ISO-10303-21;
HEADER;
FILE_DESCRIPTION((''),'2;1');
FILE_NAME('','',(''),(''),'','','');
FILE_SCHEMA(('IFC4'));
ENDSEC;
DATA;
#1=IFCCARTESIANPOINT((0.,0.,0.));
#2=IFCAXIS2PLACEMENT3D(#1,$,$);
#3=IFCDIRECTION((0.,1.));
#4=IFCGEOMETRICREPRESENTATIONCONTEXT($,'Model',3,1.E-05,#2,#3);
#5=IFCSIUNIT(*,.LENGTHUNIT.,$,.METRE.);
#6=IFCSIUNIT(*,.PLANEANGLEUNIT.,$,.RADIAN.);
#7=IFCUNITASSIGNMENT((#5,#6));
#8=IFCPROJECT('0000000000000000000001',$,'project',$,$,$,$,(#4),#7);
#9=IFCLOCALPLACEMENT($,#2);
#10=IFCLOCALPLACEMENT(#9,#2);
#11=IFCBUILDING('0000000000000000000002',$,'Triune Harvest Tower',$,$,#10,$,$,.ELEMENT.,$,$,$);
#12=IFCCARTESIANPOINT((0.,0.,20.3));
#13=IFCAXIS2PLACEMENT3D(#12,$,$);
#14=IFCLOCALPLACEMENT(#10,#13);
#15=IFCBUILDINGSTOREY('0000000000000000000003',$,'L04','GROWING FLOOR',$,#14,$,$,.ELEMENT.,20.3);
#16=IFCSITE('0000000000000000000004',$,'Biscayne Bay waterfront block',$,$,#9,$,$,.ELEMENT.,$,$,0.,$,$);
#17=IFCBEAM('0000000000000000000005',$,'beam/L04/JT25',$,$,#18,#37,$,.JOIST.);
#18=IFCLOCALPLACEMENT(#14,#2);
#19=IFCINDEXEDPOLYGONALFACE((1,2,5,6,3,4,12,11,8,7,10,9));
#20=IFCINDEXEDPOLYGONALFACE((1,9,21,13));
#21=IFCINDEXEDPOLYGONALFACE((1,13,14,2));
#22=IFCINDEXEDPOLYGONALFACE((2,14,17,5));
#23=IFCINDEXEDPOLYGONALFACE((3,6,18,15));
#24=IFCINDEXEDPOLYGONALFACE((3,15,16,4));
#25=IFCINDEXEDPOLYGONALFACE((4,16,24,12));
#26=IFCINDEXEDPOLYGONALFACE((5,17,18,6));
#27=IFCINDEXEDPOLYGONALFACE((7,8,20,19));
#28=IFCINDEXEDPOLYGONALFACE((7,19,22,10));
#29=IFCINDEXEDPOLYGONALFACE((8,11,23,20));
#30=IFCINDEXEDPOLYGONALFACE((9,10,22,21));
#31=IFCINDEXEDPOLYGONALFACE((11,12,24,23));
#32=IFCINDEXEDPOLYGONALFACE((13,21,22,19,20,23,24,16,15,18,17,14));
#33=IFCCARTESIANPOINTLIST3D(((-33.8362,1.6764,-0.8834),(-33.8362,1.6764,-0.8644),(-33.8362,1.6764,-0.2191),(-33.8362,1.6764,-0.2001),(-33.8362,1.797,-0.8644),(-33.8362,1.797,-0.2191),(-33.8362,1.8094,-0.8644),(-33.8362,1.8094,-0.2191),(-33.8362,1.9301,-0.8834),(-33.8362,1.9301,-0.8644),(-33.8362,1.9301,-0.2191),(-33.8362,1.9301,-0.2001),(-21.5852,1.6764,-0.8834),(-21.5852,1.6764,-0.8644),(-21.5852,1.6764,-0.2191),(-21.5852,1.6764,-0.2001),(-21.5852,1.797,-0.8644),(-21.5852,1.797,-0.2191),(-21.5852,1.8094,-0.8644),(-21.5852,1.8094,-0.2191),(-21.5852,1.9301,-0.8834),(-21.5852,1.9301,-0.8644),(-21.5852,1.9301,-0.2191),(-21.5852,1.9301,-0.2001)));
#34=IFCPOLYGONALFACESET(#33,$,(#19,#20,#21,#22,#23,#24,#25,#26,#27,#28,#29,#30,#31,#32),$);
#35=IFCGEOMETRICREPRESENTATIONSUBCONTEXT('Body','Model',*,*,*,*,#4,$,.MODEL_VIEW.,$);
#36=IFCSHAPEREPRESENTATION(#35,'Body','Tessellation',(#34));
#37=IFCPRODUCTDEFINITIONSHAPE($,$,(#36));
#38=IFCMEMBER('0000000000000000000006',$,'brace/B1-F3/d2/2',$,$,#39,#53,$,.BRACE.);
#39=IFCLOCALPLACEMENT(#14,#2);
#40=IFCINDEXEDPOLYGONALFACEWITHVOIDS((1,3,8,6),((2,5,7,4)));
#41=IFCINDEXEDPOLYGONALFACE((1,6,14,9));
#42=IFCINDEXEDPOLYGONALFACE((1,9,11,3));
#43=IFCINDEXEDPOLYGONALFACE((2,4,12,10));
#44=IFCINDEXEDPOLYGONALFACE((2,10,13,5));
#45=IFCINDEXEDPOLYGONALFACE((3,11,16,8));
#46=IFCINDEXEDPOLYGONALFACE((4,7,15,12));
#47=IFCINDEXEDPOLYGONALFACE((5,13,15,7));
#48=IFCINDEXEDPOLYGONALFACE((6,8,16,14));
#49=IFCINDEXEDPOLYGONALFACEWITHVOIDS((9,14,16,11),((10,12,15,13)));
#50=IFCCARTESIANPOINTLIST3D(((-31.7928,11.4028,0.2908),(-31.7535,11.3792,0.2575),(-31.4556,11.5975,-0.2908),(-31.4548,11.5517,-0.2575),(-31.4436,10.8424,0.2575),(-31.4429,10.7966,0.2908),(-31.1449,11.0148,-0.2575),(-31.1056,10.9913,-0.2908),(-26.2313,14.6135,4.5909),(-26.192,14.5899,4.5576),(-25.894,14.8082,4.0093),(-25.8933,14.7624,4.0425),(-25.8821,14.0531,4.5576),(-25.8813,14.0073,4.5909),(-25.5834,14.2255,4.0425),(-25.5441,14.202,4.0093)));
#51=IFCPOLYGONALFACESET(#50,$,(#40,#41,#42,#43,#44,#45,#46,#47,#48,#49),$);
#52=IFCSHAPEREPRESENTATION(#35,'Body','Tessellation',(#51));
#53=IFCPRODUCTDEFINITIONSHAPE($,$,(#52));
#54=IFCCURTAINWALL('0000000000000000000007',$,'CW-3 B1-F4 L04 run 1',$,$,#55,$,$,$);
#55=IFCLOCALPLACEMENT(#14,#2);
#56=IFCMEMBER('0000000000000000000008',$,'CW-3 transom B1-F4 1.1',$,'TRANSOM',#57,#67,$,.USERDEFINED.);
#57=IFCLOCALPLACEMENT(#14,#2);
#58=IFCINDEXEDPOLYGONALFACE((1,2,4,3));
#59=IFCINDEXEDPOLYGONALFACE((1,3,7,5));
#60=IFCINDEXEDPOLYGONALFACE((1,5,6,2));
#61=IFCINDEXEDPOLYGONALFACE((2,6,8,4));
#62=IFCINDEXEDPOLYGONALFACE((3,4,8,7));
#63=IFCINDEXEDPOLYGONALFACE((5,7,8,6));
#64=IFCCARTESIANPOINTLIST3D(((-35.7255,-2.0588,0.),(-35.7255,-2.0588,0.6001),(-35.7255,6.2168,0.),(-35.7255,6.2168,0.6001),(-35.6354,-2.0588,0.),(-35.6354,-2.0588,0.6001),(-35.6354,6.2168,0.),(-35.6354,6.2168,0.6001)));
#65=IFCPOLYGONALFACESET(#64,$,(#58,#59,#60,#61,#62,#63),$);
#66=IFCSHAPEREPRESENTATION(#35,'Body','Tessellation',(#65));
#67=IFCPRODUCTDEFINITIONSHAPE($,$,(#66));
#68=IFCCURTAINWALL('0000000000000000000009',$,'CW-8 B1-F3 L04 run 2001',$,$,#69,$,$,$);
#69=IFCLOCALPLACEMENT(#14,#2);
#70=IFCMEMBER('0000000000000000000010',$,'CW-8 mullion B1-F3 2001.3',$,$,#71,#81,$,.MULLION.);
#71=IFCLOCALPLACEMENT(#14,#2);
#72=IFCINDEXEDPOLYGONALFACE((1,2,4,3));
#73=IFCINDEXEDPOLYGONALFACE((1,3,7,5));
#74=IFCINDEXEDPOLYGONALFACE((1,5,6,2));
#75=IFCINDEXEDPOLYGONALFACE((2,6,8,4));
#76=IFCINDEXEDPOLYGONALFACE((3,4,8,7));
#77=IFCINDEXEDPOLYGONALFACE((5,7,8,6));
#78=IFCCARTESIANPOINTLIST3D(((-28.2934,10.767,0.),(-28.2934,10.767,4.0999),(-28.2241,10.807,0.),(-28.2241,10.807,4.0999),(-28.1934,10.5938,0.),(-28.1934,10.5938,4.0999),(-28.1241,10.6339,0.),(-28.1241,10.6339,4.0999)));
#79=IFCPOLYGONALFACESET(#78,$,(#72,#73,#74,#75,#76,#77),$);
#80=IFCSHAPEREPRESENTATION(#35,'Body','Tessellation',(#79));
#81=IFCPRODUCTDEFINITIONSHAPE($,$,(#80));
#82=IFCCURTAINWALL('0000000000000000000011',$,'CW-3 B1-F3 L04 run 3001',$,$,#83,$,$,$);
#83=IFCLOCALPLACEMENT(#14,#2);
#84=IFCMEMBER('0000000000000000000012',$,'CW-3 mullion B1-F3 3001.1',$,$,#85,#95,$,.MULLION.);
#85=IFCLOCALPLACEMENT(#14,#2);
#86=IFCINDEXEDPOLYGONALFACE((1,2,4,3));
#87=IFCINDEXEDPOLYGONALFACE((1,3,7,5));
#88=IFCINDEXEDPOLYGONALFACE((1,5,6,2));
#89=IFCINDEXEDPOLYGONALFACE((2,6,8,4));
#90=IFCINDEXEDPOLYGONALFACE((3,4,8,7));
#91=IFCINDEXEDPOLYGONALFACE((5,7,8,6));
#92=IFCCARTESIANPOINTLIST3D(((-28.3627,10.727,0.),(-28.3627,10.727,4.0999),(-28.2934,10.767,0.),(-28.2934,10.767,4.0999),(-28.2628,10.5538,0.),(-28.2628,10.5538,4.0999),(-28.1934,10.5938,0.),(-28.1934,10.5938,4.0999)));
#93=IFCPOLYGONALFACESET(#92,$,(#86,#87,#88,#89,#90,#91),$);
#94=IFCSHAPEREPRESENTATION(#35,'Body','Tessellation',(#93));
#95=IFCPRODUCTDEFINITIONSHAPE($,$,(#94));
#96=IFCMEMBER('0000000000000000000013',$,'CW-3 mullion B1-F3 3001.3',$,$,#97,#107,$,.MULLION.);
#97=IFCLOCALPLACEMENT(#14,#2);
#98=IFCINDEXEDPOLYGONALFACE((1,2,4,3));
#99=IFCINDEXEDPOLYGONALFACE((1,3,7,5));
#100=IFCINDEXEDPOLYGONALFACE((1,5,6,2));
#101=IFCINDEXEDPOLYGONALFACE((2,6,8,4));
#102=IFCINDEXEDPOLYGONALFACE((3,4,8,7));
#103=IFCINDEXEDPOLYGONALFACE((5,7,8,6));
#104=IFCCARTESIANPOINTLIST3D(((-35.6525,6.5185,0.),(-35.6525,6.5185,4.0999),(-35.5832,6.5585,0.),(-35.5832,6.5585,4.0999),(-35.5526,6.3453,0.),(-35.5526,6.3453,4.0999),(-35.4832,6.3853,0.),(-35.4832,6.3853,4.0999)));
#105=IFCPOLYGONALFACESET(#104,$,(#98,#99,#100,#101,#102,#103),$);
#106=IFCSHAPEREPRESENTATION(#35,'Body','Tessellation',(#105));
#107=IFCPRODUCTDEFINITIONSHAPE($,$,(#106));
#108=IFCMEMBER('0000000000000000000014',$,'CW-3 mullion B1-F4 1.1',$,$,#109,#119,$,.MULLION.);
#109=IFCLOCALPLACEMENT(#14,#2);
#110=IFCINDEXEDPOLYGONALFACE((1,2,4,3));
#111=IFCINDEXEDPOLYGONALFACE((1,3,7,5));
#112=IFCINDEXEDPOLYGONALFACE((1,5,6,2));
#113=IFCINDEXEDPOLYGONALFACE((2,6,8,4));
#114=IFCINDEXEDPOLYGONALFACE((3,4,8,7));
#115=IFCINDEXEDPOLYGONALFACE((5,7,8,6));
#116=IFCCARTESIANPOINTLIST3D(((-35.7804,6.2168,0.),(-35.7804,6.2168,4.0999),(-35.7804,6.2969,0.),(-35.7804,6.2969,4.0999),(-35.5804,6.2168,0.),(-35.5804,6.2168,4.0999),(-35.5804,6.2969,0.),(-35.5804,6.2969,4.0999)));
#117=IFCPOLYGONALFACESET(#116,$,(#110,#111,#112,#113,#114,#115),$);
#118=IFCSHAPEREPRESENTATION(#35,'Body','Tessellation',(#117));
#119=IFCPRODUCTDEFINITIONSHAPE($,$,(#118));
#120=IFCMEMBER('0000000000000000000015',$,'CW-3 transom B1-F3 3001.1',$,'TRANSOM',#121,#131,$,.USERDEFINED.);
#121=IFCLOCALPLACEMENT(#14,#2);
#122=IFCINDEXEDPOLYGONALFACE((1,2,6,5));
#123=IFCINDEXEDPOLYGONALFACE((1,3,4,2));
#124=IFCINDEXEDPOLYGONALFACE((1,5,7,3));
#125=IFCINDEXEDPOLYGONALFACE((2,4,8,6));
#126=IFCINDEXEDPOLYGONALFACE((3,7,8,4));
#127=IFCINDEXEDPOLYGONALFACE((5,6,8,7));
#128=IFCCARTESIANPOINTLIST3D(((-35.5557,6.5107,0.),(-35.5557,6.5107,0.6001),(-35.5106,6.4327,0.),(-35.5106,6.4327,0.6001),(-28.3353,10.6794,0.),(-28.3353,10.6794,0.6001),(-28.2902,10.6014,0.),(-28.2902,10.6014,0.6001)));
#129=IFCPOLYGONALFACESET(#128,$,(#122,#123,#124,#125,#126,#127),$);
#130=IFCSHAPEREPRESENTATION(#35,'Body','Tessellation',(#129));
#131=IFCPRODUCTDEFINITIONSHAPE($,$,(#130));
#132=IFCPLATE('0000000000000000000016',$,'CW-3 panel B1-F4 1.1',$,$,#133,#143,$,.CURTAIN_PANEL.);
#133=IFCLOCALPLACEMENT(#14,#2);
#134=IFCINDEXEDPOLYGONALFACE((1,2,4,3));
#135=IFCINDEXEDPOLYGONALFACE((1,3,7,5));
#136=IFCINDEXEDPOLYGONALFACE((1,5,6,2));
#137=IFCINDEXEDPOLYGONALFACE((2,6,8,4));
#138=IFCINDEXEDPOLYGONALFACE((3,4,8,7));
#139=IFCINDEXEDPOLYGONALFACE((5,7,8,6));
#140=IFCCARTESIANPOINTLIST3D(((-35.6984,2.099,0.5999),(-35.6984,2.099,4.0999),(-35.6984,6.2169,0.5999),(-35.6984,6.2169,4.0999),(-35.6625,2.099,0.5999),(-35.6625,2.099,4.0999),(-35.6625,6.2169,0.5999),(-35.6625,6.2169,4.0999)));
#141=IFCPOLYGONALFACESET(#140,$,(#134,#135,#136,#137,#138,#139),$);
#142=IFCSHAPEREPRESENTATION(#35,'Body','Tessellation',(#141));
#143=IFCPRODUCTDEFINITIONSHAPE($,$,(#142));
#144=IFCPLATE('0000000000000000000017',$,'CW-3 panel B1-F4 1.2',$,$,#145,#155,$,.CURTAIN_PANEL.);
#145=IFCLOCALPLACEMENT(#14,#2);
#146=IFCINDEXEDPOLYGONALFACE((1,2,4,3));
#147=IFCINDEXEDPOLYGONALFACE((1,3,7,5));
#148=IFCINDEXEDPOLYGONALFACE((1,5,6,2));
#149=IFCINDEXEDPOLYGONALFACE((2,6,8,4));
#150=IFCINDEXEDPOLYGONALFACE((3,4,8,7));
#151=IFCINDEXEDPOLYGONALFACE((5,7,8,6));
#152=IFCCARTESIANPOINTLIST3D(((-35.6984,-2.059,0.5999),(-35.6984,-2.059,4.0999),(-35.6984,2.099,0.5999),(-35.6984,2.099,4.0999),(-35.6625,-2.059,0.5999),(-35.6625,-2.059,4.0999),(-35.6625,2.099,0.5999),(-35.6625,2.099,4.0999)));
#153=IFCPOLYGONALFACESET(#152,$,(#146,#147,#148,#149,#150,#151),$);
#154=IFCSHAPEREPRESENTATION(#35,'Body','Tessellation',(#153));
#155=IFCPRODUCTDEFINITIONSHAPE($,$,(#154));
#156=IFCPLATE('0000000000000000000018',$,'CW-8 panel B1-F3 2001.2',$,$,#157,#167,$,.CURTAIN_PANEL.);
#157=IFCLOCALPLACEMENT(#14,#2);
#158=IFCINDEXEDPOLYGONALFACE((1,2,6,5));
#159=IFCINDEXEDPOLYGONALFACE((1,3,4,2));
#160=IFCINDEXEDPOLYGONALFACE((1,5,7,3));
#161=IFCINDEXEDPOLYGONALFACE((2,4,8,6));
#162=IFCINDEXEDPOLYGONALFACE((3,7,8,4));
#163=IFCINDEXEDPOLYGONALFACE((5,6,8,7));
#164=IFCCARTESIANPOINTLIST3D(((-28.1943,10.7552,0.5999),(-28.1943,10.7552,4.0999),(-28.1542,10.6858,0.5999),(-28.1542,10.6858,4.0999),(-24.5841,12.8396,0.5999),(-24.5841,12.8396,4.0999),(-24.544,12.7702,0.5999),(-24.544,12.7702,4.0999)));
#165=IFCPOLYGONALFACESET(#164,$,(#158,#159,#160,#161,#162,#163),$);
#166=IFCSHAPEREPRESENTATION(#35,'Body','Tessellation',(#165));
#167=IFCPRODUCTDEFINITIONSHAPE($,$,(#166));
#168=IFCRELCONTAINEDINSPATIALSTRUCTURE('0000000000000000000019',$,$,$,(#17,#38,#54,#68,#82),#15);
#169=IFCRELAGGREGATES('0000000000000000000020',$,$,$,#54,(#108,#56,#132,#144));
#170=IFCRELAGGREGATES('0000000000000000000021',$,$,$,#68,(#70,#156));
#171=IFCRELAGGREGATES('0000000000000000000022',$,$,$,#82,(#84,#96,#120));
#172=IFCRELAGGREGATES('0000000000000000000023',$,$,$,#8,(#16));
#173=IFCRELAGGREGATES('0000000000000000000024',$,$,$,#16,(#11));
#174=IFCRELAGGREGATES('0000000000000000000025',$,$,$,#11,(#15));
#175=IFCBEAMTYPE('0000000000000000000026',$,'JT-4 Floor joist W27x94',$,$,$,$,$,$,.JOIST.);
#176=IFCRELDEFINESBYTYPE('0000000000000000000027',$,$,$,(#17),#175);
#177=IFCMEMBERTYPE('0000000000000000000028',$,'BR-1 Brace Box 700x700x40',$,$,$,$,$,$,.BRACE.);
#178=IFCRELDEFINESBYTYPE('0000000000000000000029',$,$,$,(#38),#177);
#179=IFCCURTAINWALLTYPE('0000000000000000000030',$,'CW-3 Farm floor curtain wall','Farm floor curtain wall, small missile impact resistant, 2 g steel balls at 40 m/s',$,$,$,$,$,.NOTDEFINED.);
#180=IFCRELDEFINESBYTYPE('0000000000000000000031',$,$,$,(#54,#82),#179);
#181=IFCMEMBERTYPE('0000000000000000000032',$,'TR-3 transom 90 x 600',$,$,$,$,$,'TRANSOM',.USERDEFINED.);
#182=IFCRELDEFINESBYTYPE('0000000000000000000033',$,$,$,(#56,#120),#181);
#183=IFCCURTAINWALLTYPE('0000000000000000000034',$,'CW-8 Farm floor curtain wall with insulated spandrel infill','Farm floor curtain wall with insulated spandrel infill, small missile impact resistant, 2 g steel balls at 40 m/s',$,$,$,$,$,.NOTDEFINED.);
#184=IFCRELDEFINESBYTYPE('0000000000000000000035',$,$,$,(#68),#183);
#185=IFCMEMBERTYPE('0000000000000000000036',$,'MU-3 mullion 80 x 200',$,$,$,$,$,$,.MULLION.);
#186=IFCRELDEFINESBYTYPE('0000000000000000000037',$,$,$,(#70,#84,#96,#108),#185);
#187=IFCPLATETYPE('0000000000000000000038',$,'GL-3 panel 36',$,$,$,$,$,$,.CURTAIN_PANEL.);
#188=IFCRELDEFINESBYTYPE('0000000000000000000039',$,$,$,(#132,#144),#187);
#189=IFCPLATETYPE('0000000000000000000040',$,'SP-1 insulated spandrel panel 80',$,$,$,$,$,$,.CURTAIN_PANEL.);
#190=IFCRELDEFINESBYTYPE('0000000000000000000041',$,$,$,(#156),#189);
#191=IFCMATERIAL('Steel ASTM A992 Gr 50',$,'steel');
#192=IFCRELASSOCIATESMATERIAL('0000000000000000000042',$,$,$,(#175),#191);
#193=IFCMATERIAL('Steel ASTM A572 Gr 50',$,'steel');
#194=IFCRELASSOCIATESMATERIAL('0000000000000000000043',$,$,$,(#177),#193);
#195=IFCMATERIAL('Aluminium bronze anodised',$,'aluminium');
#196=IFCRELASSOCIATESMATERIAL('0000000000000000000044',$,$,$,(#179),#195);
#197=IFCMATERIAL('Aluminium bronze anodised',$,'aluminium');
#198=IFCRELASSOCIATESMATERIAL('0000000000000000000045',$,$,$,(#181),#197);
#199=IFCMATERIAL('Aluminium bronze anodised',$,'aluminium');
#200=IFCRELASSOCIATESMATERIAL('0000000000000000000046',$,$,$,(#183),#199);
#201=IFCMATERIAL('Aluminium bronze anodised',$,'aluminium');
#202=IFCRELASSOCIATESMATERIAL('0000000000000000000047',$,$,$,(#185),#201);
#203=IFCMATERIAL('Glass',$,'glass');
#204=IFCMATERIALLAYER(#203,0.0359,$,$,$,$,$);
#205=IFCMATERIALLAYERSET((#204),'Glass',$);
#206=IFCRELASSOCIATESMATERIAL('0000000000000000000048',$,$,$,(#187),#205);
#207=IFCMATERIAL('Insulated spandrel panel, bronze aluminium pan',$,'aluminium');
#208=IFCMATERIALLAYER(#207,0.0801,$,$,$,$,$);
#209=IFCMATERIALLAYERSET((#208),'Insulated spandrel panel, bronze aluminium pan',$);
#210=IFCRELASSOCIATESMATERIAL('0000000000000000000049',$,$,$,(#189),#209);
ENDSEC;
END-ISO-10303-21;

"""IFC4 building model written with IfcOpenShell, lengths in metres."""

from ifc_helpers import new_model, si_unit, direction, frame, origin, origin_2d, place, context, subcontext, project, spatial, rectangle, hollow_rectangle, i_section, extrude, source, transform, mapped, material, layer, layer_set, material_profile, profile_set, type_object, element, aggregate, save


model = new_model("IFC4")

# Units and contexts
model_context = context("Model", 3, precision=1e-05, world=origin(), true_north=direction((0.0, 1.0)))
body_context = subcontext(model_context, "Body", "Model", "MODEL_VIEW")
ifc_project = project(units=[si_unit("LENGTHUNIT", "METRE"), si_unit("PLANEANGLEUNIT", "RADIAN")], contexts=[model_context])

# Site, building, storey
site_placement = place(None, origin())
site = spatial("IfcSite", under=ifc_project, at=site_placement, Name="Biscayne Bay waterfront block", CompositionType="ELEMENT", RefElevation=0.0)
building_placement = place(site_placement, origin())
building = spatial("IfcBuilding", under=site, at=building_placement, Name="Triune Harvest Tower", CompositionType="ELEMENT")
storey_placement = place(building_placement, frame((0.0, 0.0, 20.3)))
storey = spatial("IfcBuildingStorey", under=building, at=storey_placement, Name="L04", Description="GROWING FLOOR", CompositionType="ELEMENT", Elevation=20.3)

# Beam
ifc_material_1 = material(Name="Steel ASTM A992 Gr 50", Category="steel")
ifc_material_profile_1 = material_profile(ifc_material_1, i_section(OverallWidth=0.2537, OverallDepth=0.6833, WebThickness=0.0125, FlangeThickness=0.019, at=origin_2d()), Name="W27x94")
ifc_profile_set_1 = profile_set([ifc_material_profile_1], Name="Steel ASTM A992 Gr 50")
beam_type_1 = type_object("IfcBeamType", Name="JT-4 Floor joist W27x94", PredefinedType="JOIST", material=ifc_profile_set_1)
shared_shape_1 = source(origin(), body_context, "Body", "SweptSolid", [
    extrude(i_section(OverallWidth=0.2537, OverallDepth=0.6833, WebThickness=0.0125, FlangeThickness=0.019, at=origin_2d()), origin(), (0.0, 0.0, 1.0), 12.251),
])
beam_1_placement = place(storey_placement, frame((-33.8362, 1.8032, -0.5417), z_axis=(1.0, 0.0, 0.0), x_axis=(0.0, 1.0, 0.0)))
element("IfcBeam", 1, at=beam_1_placement, inside=storey, type_object=beam_type_1, Name="beam/L04/JT25", PredefinedType="JOIST", context=body_context, shape_type="MappedRepresentation", body=[
    mapped(shared_shape_1, transform((0.0, 0.0, 0.0), scale=1.0)),
])

# Member
ifc_material_2 = material(Name="Steel ASTM A572 Gr 50", Category="steel")
ifc_material_profile_2 = material_profile(ifc_material_2, hollow_rectangle(XDim=0.7, YDim=0.7, WallThickness=0.04, at=origin_2d()), Name="Box 700x700x40")
ifc_profile_set_2 = profile_set([ifc_material_profile_2], Name="Steel ASTM A572 Gr 50")
member_type_1 = type_object("IfcMemberType", Name="BR-1 Brace Box 700x700x40", PredefinedType="BRACE", material=ifc_profile_set_2)
shared_shape_2 = source(origin(), body_context, "Body", "SweptSolid", [
    extrude(hollow_rectangle(XDim=0.7, YDim=0.7, WallThickness=0.04, at=origin_2d()), origin(), (0.0, 0.0, 1.0), 7.7285),
])
member_1_placement = place(storey_placement, frame((-31.4492, 11.197, 0.0), z_axis=(0.719613, 0.415436, 0.556389), x_axis=(-0.49997, 0.866043, 0.0)))
element("IfcMember", 2, at=member_1_placement, inside=storey, type_object=member_type_1, Name="brace/B1-F3/d2/2", PredefinedType="BRACE", context=body_context, shape_type="MappedRepresentation", body=[
    mapped(shared_shape_2, transform((0.0, 0.0, 0.0), scale=1.0)),
])

# Curtain walls, members
ifc_material_3 = material(Name="Aluminium bronze anodised", Category="aluminium")
curtain_wall_type_1 = type_object("IfcCurtainWallType", Name="CW-3 Farm floor curtain wall", Description="Farm floor curtain wall, small missile impact resistant, 2 g steel balls at 40 m/s", PredefinedType="NOTDEFINED", material=ifc_material_3)
curtain_wall_1_placement = place(storey_placement, origin())
curtain_wall_1 = element("IfcCurtainWall", 3, at=curtain_wall_1_placement, inside=storey, type_object=curtain_wall_type_1, Name="CW-3 B1-F4 L04 run 1")
ifc_material_4 = material(Name="Aluminium bronze anodised", Category="aluminium")
ifc_material_profile_3 = material_profile(ifc_material_4, rectangle(XDim=0.0901, YDim=0.6001, at=origin_2d()), Name="TR-3 transom 90 x 600")
ifc_profile_set_3 = profile_set([ifc_material_profile_3], Name="Aluminium bronze anodised")
member_type_2 = type_object("IfcMemberType", Name="TR-3 transom 90 x 600", ElementType="TRANSOM", PredefinedType="USERDEFINED", material=ifc_profile_set_3)
shared_shape_3 = source(origin(), body_context, "Body", "SweptSolid", [
    extrude(rectangle(XDim=0.0901, YDim=0.6001, at=origin_2d()), origin(), (0.0, 0.0, 1.0), 8.2756),
])
member_2_placement = place(storey_placement, frame((-35.6804, 6.2168, 0.3), z_axis=(0.0, -1.0, 0.0), x_axis=(1.0, 0.0, 0.0)))
member_2 = element("IfcMember", 4, at=member_2_placement, type_object=member_type_2, Name="CW-3 transom B1-F4 1.1", ObjectType="TRANSOM", PredefinedType="USERDEFINED", context=body_context, shape_type="MappedRepresentation", body=[
    mapped(shared_shape_3, transform((0.0, 0.0, 0.0), scale=1.0)),
])
ifc_material_5 = material(Name="Aluminium bronze anodised", Category="aluminium")
curtain_wall_type_2 = type_object("IfcCurtainWallType", Name="CW-8 Farm floor curtain wall with insulated spandrel infill", Description="Farm floor curtain wall with insulated spandrel infill, small missile impact resistant, 2 g steel balls at 40 m/s", PredefinedType="NOTDEFINED", material=ifc_material_5)
curtain_wall_2_placement = place(storey_placement, origin())
curtain_wall_2 = element("IfcCurtainWall", 5, at=curtain_wall_2_placement, inside=storey, type_object=curtain_wall_type_2, Name="CW-8 B1-F3 L04 run 2001")
ifc_material_6 = material(Name="Aluminium bronze anodised", Category="aluminium")
ifc_material_profile_4 = material_profile(ifc_material_6, rectangle(XDim=0.2, YDim=0.0801, at=origin_2d()), Name="MU-3 mullion 80 x 200")
ifc_profile_set_4 = profile_set([ifc_material_profile_4], Name="Aluminium bronze anodised")
member_type_3 = type_object("IfcMemberType", Name="MU-3 mullion 80 x 200", PredefinedType="MULLION", material=ifc_profile_set_4)
shared_shape_4 = source(origin(), body_context, "Body", "SweptSolid", [
    extrude(rectangle(XDim=0.2, YDim=0.0801, at=origin_2d()), origin(), (0.0, 0.0, 1.0), 4.0999),
])
member_3_placement = place(storey_placement, frame((-28.2087, 10.7004, 0.0), z_axis=(0.0, 0.0, 1.0), x_axis=(0.500007, -0.866021, 0.0)))
member_3 = element("IfcMember", 6, at=member_3_placement, type_object=member_type_3, Name="CW-8 mullion B1-F3 2001.3", PredefinedType="MULLION", context=body_context, shape_type="MappedRepresentation", body=[
    mapped(shared_shape_4, transform((0.0, 0.0, 0.0), scale=1.0)),
])

# Curtain wall, members
curtain_wall_3_placement = place(storey_placement, origin())
curtain_wall_3 = element("IfcCurtainWall", 7, at=curtain_wall_3_placement, inside=storey, type_object=curtain_wall_type_1, Name="CW-3 B1-F3 L04 run 3001")
member_4_placement = place(storey_placement, frame((-28.2781, 10.6604, 0.0), z_axis=(0.0, 0.0, 1.0), x_axis=(0.499995, -0.866028, 0.0)))
member_4 = element("IfcMember", 8, at=member_4_placement, type_object=member_type_3, Name="CW-3 mullion B1-F3 3001.1", PredefinedType="MULLION", context=body_context, shape_type="MappedRepresentation", body=[
    mapped(shared_shape_4, transform((0.0, 0.0, 0.0), scale=1.0)),
])
member_5_placement = place(storey_placement, frame((-35.5679, 6.4519, 0.0), z_axis=(0.0, 0.0, 1.0), x_axis=(0.499995, -0.866028, 0.0)))
member_5 = element("IfcMember", 9, at=member_5_placement, type_object=member_type_3, Name="CW-3 mullion B1-F3 3001.3", PredefinedType="MULLION", context=body_context, shape_type="MappedRepresentation", body=[
    mapped(shared_shape_4, transform((0.0, 0.0, 0.0), scale=1.0)),
])

# Members
member_6_placement = place(storey_placement, frame((-35.6804, 6.2568, 0.0), z_axis=(0.0, 0.0, 1.0), x_axis=(1.0, 0.0, 0.0)))
member_6 = element("IfcMember", 10, at=member_6_placement, type_object=member_type_3, Name="CW-3 mullion B1-F4 1.1", PredefinedType="MULLION", context=body_context, shape_type="MappedRepresentation", body=[
    mapped(shared_shape_4, transform((0.0, 0.0, 0.0), scale=1.0)),
])
shared_shape_5 = source(origin(), body_context, "Body", "SweptSolid", [
    extrude(rectangle(XDim=0.0901, YDim=0.6001, at=origin_2d()), origin(), (0.0, 0.0, 1.0), 8.3374),
])
member_7_placement = place(storey_placement, frame((-28.3127, 10.6404, 0.3), z_axis=(-0.866027, -0.499997, 0.0), x_axis=(0.499997, -0.866027, 0.0)))
member_7 = element("IfcMember", 11, at=member_7_placement, type_object=member_type_2, Name="CW-3 transom B1-F3 3001.1", ObjectType="TRANSOM", PredefinedType="USERDEFINED", context=body_context, shape_type="MappedRepresentation", body=[
    mapped(shared_shape_5, transform((0.0, 0.0, 0.0), scale=1.0)),
])

# Plates
ifc_material_7 = material(Name="Glass", Category="glass")
ifc_layer_1 = layer(ifc_material_7, 0.0359)
ifc_layer_set_1 = layer_set([ifc_layer_1], Name="Glass")
plate_type_1 = type_object("IfcPlateType", Name="GL-3 panel 36", PredefinedType="CURTAIN_PANEL", material=ifc_layer_set_1)
shared_shape_6 = source(origin(), body_context, "Body", "SweptSolid", [
    extrude(rectangle(XDim=4.1179, YDim=0.0359, at=origin_2d()), origin(), (0.0, 0.0, 1.0), 3.5),
])
plate_1_placement = place(storey_placement, frame((-35.6804, 4.158, 0.5999), z_axis=(0.0, 0.0, 1.0), x_axis=(0.0, -1.0, 0.0)))
plate_1 = element("IfcPlate", 12, at=plate_1_placement, type_object=plate_type_1, Name="CW-3 panel B1-F4 1.1", PredefinedType="CURTAIN_PANEL", context=body_context, shape_type="MappedRepresentation", body=[
    mapped(shared_shape_6, transform((0.0, 0.0, 0.0), scale=1.0)),
])
shared_shape_7 = source(origin(), body_context, "Body", "SweptSolid", [
    extrude(rectangle(XDim=4.158, YDim=0.0359, at=origin_2d()), origin(), (0.0, 0.0, 1.0), 3.5),
])
plate_2_placement = place(storey_placement, frame((-35.6804, 0.02, 0.5999), z_axis=(0.0, 0.0, 1.0), x_axis=(0.0, -1.0, 0.0)))
plate_2 = element("IfcPlate", 13, at=plate_2_placement, type_object=plate_type_1, Name="CW-3 panel B1-F4 1.2", PredefinedType="CURTAIN_PANEL", context=body_context, shape_type="MappedRepresentation", body=[
    mapped(shared_shape_7, transform((0.0, 0.0, 0.0), scale=1.0)),
])
aggregate(curtain_wall_1, [member_6, member_2, plate_1, plate_2])
ifc_material_8 = material(Name="Insulated spandrel panel, bronze aluminium pan", Category="aluminium")
ifc_layer_2 = layer(ifc_material_8, 0.0801)
ifc_layer_set_2 = layer_set([ifc_layer_2], Name="Insulated spandrel panel, bronze aluminium pan")
plate_type_2 = type_object("IfcPlateType", Name="SP-1 insulated spandrel panel 80", PredefinedType="CURTAIN_PANEL", material=ifc_layer_set_2)
shared_shape_8 = source(origin(), body_context, "Body", "SweptSolid", [
    extrude(rectangle(XDim=4.1687, YDim=0.0801, at=origin_2d()), origin(), (0.0, 0.0, 1.0), 3.5),
])
plate_3_placement = place(storey_placement, frame((-26.3691, 11.7627, 0.5999), z_axis=(0.0, 0.0, 1.0), x_axis=(-0.866021, -0.500007, 0.0)))
plate_3 = element("IfcPlate", 14, at=plate_3_placement, type_object=plate_type_2, Name="CW-8 panel B1-F3 2001.2", PredefinedType="CURTAIN_PANEL", context=body_context, shape_type="MappedRepresentation", body=[
    mapped(shared_shape_8, transform((0.0, 0.0, 0.0), scale=1.0)),
])
aggregate(curtain_wall_2, [member_3, plate_3])
aggregate(curtain_wall_3, [member_4, member_5, member_7])

save(model, "model.ifc")
